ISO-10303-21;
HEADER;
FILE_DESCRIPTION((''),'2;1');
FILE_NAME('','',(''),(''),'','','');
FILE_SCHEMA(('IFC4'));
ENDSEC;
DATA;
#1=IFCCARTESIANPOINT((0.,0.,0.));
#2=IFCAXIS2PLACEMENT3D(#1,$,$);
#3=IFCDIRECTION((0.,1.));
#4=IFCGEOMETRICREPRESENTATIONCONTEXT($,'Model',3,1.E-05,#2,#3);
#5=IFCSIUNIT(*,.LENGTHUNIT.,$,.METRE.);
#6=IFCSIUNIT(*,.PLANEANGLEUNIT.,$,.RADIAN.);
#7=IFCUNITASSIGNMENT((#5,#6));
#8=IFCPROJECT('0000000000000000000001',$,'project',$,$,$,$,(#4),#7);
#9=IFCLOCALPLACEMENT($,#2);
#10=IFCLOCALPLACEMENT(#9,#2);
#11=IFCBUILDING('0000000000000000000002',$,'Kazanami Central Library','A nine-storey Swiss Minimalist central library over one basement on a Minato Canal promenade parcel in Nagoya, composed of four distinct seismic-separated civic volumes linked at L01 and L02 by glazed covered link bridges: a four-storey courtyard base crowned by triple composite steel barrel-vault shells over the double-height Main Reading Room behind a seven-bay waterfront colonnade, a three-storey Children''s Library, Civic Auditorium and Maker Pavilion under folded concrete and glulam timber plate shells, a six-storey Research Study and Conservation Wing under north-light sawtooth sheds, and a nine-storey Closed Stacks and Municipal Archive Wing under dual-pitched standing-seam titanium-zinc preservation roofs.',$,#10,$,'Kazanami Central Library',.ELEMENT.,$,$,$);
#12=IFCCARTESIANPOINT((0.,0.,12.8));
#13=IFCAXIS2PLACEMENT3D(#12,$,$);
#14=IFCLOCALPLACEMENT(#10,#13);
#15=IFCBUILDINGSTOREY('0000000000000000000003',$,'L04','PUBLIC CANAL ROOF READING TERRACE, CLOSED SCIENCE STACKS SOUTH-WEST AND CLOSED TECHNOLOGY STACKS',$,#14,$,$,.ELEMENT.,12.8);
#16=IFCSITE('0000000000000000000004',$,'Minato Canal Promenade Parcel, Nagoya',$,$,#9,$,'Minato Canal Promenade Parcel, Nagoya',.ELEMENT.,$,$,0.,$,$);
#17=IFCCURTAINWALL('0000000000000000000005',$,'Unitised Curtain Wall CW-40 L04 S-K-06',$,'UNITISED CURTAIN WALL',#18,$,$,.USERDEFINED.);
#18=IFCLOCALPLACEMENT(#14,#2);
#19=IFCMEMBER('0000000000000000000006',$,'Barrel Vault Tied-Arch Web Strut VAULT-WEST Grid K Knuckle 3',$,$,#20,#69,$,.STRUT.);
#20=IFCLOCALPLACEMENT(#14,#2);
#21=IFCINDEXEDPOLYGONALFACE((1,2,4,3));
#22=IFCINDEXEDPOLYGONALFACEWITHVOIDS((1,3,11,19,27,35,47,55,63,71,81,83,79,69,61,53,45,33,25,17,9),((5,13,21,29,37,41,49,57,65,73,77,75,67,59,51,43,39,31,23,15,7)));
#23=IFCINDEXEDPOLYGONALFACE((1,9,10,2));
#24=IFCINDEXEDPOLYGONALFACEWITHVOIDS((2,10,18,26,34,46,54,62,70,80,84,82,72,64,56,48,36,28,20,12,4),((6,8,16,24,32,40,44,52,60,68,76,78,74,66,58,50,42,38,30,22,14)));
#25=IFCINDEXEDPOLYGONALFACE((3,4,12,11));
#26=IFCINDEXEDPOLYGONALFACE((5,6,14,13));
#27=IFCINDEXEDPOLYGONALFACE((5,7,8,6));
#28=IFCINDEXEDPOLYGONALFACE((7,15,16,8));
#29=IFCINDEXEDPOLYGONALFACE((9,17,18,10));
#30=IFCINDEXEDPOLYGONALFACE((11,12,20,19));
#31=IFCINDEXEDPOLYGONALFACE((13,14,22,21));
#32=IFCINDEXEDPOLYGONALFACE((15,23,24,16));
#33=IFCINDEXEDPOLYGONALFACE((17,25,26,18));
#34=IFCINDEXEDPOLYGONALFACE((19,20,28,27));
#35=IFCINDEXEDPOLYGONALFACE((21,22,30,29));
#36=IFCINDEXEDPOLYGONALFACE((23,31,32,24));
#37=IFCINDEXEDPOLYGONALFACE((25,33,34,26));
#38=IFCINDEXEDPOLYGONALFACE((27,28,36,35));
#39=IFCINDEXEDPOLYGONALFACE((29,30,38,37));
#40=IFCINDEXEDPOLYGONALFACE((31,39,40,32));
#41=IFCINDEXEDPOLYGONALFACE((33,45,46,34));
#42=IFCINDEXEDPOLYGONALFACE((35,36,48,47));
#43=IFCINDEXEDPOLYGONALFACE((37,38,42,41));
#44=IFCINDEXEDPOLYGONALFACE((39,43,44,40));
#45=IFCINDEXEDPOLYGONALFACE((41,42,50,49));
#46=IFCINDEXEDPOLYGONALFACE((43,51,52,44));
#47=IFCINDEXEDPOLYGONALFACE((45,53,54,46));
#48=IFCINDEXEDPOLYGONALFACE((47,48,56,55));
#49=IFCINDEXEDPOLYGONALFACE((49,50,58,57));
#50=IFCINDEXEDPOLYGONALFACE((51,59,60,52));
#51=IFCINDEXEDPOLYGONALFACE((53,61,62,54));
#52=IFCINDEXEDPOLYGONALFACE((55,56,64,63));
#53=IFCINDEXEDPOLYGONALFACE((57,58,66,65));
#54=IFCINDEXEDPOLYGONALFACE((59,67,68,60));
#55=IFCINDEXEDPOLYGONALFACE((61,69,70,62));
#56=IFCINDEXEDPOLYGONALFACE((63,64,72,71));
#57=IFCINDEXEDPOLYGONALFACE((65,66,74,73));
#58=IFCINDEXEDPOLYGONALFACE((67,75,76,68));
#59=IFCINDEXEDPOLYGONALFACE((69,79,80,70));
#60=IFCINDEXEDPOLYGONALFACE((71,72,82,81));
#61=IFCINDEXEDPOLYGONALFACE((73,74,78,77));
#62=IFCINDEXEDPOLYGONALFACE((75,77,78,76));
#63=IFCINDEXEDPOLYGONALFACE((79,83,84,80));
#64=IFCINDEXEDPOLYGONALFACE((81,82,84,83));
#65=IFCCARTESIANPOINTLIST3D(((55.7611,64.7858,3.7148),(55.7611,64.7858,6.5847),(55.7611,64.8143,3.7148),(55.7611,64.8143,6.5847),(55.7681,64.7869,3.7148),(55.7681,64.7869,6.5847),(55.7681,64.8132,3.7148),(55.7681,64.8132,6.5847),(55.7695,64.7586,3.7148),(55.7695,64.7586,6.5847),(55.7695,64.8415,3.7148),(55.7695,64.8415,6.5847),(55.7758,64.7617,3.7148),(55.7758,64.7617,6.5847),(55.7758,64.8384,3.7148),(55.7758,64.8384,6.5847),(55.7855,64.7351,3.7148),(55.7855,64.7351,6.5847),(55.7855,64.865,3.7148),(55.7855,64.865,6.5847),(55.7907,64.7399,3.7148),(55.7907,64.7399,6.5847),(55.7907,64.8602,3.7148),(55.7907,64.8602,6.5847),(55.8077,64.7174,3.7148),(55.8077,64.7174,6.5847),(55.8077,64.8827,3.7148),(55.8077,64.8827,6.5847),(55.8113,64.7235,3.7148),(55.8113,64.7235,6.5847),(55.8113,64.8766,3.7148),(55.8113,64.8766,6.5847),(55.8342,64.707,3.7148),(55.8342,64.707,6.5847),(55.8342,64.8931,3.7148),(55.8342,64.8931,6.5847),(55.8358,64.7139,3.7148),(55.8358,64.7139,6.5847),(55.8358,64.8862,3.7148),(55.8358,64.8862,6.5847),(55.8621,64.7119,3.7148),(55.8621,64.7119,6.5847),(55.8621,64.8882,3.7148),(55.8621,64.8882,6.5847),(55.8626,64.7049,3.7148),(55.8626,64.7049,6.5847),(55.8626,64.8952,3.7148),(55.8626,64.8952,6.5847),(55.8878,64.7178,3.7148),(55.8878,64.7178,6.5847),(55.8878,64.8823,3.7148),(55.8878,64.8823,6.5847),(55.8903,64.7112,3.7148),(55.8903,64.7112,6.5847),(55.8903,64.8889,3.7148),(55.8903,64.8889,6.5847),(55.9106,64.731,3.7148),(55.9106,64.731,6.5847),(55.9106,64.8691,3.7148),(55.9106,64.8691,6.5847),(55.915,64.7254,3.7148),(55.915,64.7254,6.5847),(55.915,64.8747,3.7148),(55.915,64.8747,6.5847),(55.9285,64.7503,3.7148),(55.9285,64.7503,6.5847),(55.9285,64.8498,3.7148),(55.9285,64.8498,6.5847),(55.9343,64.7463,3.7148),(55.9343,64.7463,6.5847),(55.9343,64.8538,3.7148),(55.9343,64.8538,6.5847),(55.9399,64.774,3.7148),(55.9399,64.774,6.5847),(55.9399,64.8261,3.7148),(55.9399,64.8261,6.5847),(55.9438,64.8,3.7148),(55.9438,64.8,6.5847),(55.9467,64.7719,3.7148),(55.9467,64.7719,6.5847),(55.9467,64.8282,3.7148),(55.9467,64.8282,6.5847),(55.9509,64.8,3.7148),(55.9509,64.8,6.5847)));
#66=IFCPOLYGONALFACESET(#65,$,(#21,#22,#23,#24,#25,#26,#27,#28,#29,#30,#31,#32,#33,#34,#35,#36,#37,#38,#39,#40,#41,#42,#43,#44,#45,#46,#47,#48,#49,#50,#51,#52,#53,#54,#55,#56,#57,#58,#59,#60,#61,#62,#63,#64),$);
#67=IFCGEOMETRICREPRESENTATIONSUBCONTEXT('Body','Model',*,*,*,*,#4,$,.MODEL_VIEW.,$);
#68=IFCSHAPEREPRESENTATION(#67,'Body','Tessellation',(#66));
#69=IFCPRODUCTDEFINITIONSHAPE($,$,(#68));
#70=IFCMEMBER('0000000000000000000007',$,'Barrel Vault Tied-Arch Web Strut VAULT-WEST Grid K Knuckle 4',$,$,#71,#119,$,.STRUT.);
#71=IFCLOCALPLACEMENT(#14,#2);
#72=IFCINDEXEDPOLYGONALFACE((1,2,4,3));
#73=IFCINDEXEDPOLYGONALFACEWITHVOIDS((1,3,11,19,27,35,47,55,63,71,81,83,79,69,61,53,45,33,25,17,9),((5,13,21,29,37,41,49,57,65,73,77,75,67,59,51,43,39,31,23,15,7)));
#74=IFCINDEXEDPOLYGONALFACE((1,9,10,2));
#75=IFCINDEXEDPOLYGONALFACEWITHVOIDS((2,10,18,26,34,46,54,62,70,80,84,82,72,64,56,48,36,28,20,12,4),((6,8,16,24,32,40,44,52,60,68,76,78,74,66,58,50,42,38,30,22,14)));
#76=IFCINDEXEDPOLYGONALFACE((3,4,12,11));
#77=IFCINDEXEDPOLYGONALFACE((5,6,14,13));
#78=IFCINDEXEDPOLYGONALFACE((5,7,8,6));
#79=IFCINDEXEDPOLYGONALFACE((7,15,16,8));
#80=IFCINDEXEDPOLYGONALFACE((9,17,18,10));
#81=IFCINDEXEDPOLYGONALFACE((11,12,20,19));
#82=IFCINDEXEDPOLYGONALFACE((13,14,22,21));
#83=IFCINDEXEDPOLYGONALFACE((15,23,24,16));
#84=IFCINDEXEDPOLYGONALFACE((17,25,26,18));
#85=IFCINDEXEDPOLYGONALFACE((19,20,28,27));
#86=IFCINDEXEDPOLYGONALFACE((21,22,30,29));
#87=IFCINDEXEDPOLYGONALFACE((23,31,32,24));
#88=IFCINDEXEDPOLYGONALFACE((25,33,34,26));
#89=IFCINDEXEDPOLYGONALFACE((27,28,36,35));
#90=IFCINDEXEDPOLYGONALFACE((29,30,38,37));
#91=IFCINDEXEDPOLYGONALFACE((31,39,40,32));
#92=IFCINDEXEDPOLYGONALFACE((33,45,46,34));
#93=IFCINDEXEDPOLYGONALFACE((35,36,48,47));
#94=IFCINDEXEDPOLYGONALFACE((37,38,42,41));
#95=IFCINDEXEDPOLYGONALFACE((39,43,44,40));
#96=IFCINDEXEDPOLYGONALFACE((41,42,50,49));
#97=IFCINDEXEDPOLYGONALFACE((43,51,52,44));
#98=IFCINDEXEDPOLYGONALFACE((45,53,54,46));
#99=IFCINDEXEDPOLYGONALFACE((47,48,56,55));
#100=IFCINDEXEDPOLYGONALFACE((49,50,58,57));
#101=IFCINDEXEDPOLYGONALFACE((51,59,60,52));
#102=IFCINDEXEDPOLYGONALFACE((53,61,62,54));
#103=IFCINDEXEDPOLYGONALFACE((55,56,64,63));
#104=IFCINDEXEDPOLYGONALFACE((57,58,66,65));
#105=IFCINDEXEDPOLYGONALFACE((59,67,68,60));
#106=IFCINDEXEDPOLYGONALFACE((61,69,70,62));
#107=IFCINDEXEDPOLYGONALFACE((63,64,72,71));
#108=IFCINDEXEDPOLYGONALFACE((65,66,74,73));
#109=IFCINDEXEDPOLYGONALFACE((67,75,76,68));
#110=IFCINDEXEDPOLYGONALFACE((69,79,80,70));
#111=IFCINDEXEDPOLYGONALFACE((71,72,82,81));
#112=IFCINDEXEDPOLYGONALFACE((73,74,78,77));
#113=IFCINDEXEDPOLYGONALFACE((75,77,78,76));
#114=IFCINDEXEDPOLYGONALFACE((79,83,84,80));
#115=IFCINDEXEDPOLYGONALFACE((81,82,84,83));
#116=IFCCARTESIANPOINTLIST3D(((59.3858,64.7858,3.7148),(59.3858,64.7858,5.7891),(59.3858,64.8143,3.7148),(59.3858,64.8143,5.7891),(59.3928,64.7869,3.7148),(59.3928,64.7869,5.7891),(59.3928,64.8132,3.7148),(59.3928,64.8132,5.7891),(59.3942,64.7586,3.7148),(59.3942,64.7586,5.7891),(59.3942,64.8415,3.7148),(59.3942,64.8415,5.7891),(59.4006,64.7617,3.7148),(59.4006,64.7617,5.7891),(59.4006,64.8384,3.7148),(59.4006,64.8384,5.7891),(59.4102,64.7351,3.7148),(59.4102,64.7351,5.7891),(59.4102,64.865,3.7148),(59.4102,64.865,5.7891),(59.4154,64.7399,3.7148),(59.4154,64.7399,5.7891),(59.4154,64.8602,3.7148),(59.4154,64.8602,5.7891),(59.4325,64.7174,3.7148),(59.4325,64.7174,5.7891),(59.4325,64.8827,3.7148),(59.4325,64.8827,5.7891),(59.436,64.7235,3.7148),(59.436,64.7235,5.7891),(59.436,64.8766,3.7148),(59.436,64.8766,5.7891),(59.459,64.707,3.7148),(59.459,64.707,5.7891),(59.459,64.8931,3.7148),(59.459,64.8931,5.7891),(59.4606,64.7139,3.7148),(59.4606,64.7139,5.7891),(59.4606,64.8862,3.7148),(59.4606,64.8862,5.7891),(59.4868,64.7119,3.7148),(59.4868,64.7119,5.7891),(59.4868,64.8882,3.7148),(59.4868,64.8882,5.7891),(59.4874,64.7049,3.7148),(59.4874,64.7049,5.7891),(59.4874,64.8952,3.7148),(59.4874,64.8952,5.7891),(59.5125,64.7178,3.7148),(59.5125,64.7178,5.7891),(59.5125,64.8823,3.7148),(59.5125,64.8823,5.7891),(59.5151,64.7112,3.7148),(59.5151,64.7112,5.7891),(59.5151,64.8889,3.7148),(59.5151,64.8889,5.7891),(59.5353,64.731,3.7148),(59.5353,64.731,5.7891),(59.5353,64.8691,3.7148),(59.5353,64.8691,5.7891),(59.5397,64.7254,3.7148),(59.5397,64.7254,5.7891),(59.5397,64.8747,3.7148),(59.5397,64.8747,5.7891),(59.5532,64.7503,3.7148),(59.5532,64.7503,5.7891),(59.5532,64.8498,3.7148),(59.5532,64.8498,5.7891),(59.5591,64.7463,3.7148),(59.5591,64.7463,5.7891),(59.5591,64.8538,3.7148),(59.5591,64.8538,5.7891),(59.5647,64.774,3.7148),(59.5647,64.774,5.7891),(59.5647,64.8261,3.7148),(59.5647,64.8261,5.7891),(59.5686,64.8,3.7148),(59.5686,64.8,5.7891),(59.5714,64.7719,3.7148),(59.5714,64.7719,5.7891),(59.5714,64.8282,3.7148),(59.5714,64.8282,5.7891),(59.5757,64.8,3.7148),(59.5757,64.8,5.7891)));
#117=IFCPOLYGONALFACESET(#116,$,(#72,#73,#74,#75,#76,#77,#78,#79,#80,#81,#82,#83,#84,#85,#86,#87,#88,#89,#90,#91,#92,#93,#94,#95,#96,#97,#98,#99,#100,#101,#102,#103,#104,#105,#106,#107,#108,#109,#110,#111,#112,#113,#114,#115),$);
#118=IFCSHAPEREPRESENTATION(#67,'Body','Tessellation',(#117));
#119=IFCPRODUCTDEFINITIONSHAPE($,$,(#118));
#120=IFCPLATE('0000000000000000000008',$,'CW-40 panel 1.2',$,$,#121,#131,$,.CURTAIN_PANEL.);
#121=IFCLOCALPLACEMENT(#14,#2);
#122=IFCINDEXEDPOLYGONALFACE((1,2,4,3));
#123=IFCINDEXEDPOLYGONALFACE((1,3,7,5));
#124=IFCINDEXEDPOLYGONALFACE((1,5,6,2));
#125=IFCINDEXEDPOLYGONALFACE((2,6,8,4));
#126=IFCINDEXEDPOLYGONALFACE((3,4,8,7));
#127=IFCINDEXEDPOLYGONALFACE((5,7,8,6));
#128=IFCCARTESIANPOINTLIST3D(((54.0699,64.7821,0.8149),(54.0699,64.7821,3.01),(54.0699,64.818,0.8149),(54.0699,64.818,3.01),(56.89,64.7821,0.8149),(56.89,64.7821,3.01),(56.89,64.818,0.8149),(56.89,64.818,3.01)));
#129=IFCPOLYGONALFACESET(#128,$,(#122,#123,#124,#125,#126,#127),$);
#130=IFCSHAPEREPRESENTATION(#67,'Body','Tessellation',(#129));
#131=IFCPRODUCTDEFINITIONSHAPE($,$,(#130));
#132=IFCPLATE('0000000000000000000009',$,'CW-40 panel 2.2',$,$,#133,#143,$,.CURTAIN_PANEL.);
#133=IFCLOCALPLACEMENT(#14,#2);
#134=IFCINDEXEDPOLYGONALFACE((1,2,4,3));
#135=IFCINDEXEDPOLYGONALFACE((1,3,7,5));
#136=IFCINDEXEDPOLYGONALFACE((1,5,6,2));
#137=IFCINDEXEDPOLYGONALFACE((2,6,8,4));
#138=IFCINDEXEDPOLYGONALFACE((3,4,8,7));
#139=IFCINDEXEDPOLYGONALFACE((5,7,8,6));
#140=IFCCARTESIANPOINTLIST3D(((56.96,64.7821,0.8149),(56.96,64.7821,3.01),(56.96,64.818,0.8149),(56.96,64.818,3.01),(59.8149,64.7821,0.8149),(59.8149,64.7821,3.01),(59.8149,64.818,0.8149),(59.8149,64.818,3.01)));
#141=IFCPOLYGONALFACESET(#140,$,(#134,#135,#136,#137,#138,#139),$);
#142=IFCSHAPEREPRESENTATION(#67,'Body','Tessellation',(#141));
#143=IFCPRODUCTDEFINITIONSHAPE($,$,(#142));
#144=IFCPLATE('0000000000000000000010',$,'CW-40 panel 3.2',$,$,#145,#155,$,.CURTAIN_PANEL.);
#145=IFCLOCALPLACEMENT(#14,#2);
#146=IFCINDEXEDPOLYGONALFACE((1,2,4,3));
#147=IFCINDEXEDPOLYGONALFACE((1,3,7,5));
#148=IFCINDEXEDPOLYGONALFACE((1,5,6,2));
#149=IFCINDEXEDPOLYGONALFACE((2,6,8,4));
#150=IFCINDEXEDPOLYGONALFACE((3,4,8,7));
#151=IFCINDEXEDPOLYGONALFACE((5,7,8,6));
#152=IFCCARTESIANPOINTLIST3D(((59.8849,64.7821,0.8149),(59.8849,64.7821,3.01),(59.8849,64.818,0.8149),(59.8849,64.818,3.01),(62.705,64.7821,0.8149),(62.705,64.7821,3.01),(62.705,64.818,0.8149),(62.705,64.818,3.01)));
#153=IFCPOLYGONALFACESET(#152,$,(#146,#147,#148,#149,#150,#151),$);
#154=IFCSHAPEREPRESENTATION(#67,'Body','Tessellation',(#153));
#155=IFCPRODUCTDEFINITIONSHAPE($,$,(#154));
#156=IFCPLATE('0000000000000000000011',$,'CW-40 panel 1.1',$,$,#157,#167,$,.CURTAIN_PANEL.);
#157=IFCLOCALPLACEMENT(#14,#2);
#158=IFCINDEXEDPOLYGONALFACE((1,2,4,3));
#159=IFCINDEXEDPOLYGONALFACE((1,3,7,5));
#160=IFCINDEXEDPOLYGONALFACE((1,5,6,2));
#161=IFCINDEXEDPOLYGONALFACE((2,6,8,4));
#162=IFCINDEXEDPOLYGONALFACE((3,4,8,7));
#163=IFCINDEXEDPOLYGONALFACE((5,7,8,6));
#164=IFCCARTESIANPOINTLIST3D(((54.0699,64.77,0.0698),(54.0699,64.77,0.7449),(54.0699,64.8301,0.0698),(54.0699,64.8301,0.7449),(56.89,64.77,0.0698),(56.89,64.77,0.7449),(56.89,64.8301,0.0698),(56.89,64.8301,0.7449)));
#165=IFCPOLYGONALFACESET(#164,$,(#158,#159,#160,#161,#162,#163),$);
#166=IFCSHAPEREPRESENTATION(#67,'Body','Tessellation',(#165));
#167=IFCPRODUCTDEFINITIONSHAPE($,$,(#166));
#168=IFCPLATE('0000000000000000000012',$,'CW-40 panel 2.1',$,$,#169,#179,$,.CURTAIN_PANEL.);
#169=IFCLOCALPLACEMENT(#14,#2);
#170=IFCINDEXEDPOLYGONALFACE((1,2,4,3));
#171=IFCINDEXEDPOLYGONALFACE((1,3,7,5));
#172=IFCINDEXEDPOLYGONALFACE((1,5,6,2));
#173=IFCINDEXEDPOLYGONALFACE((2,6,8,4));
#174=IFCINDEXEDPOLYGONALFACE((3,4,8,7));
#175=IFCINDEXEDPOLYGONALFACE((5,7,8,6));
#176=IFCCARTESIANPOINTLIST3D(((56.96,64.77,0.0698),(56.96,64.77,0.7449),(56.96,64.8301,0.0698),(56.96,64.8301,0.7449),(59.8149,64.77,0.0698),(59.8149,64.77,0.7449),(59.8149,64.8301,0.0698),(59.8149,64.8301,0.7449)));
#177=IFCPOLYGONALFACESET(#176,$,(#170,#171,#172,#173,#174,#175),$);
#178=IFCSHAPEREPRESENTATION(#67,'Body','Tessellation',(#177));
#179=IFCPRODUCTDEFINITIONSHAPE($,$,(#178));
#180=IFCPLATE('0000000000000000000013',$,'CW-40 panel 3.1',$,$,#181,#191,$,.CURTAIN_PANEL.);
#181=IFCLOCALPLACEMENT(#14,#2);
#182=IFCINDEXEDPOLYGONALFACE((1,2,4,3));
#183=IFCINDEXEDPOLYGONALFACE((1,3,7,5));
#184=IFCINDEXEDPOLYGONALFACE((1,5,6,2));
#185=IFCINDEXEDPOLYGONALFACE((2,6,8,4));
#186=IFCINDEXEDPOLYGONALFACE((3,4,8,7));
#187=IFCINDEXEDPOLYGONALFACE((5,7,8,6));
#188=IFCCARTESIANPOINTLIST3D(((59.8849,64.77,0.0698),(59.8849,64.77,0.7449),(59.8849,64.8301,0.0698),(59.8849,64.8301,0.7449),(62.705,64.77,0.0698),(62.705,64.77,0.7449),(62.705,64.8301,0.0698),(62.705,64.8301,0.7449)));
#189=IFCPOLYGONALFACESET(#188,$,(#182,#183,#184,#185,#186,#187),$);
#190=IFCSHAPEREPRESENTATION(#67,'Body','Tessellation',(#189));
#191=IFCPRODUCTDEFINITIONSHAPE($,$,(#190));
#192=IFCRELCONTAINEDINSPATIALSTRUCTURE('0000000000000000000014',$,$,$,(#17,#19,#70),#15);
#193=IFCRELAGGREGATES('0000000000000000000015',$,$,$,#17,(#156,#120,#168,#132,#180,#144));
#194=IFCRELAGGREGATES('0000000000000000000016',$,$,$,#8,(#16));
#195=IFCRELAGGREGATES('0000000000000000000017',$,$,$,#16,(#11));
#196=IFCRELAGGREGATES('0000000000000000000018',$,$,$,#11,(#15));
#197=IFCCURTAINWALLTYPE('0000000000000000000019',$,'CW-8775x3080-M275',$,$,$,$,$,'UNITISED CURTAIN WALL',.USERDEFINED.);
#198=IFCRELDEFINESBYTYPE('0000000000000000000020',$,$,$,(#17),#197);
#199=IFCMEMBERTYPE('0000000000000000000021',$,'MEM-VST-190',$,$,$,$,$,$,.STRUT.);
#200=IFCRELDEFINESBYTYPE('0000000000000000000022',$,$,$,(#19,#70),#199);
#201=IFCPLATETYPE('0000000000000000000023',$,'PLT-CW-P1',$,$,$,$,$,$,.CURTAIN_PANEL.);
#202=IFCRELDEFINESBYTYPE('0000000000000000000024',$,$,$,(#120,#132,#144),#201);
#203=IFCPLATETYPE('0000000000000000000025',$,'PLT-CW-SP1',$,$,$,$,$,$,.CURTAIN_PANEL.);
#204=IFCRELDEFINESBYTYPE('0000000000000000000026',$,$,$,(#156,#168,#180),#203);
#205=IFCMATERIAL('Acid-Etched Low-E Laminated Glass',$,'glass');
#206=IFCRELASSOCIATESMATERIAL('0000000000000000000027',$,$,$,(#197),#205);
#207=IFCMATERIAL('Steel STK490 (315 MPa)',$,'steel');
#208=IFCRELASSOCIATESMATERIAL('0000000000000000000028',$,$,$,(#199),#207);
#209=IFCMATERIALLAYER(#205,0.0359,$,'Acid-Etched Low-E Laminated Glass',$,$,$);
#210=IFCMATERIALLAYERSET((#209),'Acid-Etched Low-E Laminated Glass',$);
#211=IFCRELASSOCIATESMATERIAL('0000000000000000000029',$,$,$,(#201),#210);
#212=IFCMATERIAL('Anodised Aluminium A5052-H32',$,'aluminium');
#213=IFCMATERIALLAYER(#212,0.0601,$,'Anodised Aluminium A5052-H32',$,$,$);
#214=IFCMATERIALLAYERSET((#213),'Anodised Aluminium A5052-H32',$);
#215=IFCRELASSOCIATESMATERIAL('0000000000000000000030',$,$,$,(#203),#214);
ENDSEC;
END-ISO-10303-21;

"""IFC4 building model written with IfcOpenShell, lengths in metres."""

from ifc_helpers import new_model, si_unit, direction, frame, origin, origin_2d, place, context, subcontext, project, spatial, rectangle, hollow_circle, extrude, material, layer, layer_set, material_profile, profile_set, type_object, element, aggregate, save


model = new_model("IFC4")

# Units and contexts
model_context = context("Model", 3, precision=1e-05, world=origin(), true_north=direction((0.0, 1.0)))
body_context = subcontext(model_context, "Body", "Model", "MODEL_VIEW")
ifc_project = project(units=[si_unit("LENGTHUNIT", "METRE"), si_unit("PLANEANGLEUNIT", "RADIAN")], contexts=[model_context])

# Site, building, storey
site_placement = place(None, origin())
site = spatial("IfcSite", under=ifc_project, at=site_placement, Name="Minato Canal Promenade Parcel, Nagoya", LongName="Minato Canal Promenade Parcel, Nagoya", CompositionType="ELEMENT", RefElevation=0.0)
building_placement = place(site_placement, origin())
building = spatial("IfcBuilding", under=site, at=building_placement, Name="Kazanami Central Library", Description="A nine-storey Swiss Minimalist central library over one basement on a Minato Canal promenade parcel in Nagoya, composed of four distinct seismic-separated civic volumes linked at L01 and L02 by glazed covered link bridges: a four-storey courtyard base crowned by triple composite steel barrel-vault shells over the double-height Main Reading Room behind a seven-bay waterfront colonnade, a three-storey Children's Library, Civic Auditorium and Maker Pavilion under folded concrete and glulam timber plate shells, a six-storey Research Study and Conservation Wing under north-light sawtooth sheds, and a nine-storey Closed Stacks and Municipal Archive Wing under dual-pitched standing-seam titanium-zinc preservation roofs.", LongName="Kazanami Central Library", CompositionType="ELEMENT")
storey_placement = place(building_placement, frame((0.0, 0.0, 12.8)))
storey = spatial("IfcBuildingStorey", under=building, at=storey_placement, Name="L04", Description="PUBLIC CANAL ROOF READING TERRACE, CLOSED SCIENCE STACKS SOUTH-WEST AND CLOSED TECHNOLOGY STACKS", CompositionType="ELEMENT", Elevation=12.8)

# Curtain wall
ifc_material_1 = material(Name="Acid-Etched Low-E Laminated Glass", Category="glass")
curtain_wall_type = type_object("IfcCurtainWallType", Name="CW-8775x3080-M275", ElementType="UNITISED CURTAIN WALL", PredefinedType="USERDEFINED", material=ifc_material_1)
curtain_wall_placement = place(storey_placement, origin())
curtain_wall = element("IfcCurtainWall", 1, at=curtain_wall_placement, inside=storey, type_object=curtain_wall_type, Name="Unitised Curtain Wall CW-40 L04 S-K-06", ObjectType="UNITISED CURTAIN WALL", PredefinedType="USERDEFINED")

# Members
ifc_material_2 = material(Name="Steel STK490 (315 MPa)", Category="steel")
ifc_material_profile_1 = material_profile(ifc_material_2, hollow_circle(Radius=0.0955, WallThickness=0.0071, at=origin_2d()), Name="CHS-190.7x7.0")
ifc_profile_set_1 = profile_set([ifc_material_profile_1], Name="Steel STK490 (315 MPa)")
member_type_1 = type_object("IfcMemberType", Name="MEM-VST-190", PredefinedType="STRUT", material=ifc_profile_set_1)
member_1_placement = place(storey_placement, frame((55.8555, 64.8, 3.7148), z_axis=(0.0, 0.0, 1.0), x_axis=(1.0, 0.0, 0.0)))
element("IfcMember", 2, at=member_1_placement, inside=storey, type_object=member_type_1, Name="Barrel Vault Tied-Arch Web Strut VAULT-WEST Grid K Knuckle 3", PredefinedType="STRUT", context=body_context, shape_type="SweptSolid", body=[
    extrude(hollow_circle(Radius=0.0955, WallThickness=0.0071, at=origin_2d()), origin(), (0.0, 0.0, 1.0), 2.8699),
])
member_2_placement = place(storey_placement, frame((59.4802, 64.8, 3.7148), z_axis=(0.0, 0.0, 1.0), x_axis=(1.0, 0.0, 0.0)))
element("IfcMember", 3, at=member_2_placement, inside=storey, type_object=member_type_1, Name="Barrel Vault Tied-Arch Web Strut VAULT-WEST Grid K Knuckle 4", PredefinedType="STRUT", context=body_context, shape_type="SweptSolid", body=[
    extrude(hollow_circle(Radius=0.0955, WallThickness=0.0071, at=origin_2d()), origin(), (0.0, 0.0, 1.0), 2.0742),
])

# Plates
ifc_layer_1 = layer(ifc_material_1, 0.0359, Name="Acid-Etched Low-E Laminated Glass")
ifc_layer_set_1 = layer_set([ifc_layer_1], Name="Acid-Etched Low-E Laminated Glass")
plate_type_1 = type_object("IfcPlateType", Name="PLT-CW-P1", PredefinedType="CURTAIN_PANEL", material=ifc_layer_set_1)
plate_1_placement = place(storey_placement, frame((55.48, 64.8, 0.8149), z_axis=(0.0, 0.0, 1.0), x_axis=(1.0, 0.0, 0.0)))
plate_1 = element("IfcPlate", 4, at=plate_1_placement, type_object=plate_type_1, Name="CW-40 panel 1.2", PredefinedType="CURTAIN_PANEL", context=body_context, shape_type="SweptSolid", body=[
    extrude(rectangle(XDim=2.8201, YDim=0.0359, at=origin_2d()), origin(), (0.0, 0.0, 1.0), 2.1951),
])
plate_2_placement = place(storey_placement, frame((58.3875, 64.8, 0.8149), z_axis=(0.0, 0.0, 1.0), x_axis=(1.0, 0.0, 0.0)))
plate_2 = element("IfcPlate", 5, at=plate_2_placement, type_object=plate_type_1, Name="CW-40 panel 2.2", PredefinedType="CURTAIN_PANEL", context=body_context, shape_type="SweptSolid", body=[
    extrude(rectangle(XDim=2.855, YDim=0.0359, at=origin_2d()), origin(), (0.0, 0.0, 1.0), 2.1951),
])
plate_3_placement = place(storey_placement, frame((61.2949, 64.8, 0.8149), z_axis=(0.0, 0.0, 1.0), x_axis=(1.0, 0.0, 0.0)))
plate_3 = element("IfcPlate", 6, at=plate_3_placement, type_object=plate_type_1, Name="CW-40 panel 3.2", PredefinedType="CURTAIN_PANEL", context=body_context, shape_type="SweptSolid", body=[
    extrude(rectangle(XDim=2.8201, YDim=0.0359, at=origin_2d()), origin(), (0.0, 0.0, 1.0), 2.1951),
])
ifc_material_3 = material(Name="Anodised Aluminium A5052-H32", Category="aluminium")
ifc_layer_2 = layer(ifc_material_3, 0.0601, Name="Anodised Aluminium A5052-H32")
ifc_layer_set_2 = layer_set([ifc_layer_2], Name="Anodised Aluminium A5052-H32")
plate_type_2 = type_object("IfcPlateType", Name="PLT-CW-SP1", PredefinedType="CURTAIN_PANEL", material=ifc_layer_set_2)
plate_4_placement = place(storey_placement, frame((55.48, 64.8, 0.0698), z_axis=(0.0, 0.0, 1.0), x_axis=(1.0, 0.0, 0.0)))
plate_4 = element("IfcPlate", 7, at=plate_4_placement, type_object=plate_type_2, Name="CW-40 panel 1.1", PredefinedType="CURTAIN_PANEL", context=body_context, shape_type="SweptSolid", body=[
    extrude(rectangle(XDim=2.8201, YDim=0.0601, at=origin_2d()), origin(), (0.0, 0.0, 1.0), 0.675),
])
plate_5_placement = place(storey_placement, frame((58.3875, 64.8, 0.0698), z_axis=(0.0, 0.0, 1.0), x_axis=(1.0, 0.0, 0.0)))
plate_5 = element("IfcPlate", 8, at=plate_5_placement, type_object=plate_type_2, Name="CW-40 panel 2.1", PredefinedType="CURTAIN_PANEL", context=body_context, shape_type="SweptSolid", body=[
    extrude(rectangle(XDim=2.855, YDim=0.0601, at=origin_2d()), origin(), (0.0, 0.0, 1.0), 0.675),
])
plate_6_placement = place(storey_placement, frame((61.2949, 64.8, 0.0698), z_axis=(0.0, 0.0, 1.0), x_axis=(1.0, 0.0, 0.0)))
plate_6 = element("IfcPlate", 9, at=plate_6_placement, type_object=plate_type_2, Name="CW-40 panel 3.1", PredefinedType="CURTAIN_PANEL", context=body_context, shape_type="SweptSolid", body=[
    extrude(rectangle(XDim=2.8201, YDim=0.0601, at=origin_2d()), origin(), (0.0, 0.0, 1.0), 0.675),
])
aggregate(curtain_wall, [plate_4, plate_1, plate_5, plate_2, plate_6, plate_3])

save(model, "model.ifc")
